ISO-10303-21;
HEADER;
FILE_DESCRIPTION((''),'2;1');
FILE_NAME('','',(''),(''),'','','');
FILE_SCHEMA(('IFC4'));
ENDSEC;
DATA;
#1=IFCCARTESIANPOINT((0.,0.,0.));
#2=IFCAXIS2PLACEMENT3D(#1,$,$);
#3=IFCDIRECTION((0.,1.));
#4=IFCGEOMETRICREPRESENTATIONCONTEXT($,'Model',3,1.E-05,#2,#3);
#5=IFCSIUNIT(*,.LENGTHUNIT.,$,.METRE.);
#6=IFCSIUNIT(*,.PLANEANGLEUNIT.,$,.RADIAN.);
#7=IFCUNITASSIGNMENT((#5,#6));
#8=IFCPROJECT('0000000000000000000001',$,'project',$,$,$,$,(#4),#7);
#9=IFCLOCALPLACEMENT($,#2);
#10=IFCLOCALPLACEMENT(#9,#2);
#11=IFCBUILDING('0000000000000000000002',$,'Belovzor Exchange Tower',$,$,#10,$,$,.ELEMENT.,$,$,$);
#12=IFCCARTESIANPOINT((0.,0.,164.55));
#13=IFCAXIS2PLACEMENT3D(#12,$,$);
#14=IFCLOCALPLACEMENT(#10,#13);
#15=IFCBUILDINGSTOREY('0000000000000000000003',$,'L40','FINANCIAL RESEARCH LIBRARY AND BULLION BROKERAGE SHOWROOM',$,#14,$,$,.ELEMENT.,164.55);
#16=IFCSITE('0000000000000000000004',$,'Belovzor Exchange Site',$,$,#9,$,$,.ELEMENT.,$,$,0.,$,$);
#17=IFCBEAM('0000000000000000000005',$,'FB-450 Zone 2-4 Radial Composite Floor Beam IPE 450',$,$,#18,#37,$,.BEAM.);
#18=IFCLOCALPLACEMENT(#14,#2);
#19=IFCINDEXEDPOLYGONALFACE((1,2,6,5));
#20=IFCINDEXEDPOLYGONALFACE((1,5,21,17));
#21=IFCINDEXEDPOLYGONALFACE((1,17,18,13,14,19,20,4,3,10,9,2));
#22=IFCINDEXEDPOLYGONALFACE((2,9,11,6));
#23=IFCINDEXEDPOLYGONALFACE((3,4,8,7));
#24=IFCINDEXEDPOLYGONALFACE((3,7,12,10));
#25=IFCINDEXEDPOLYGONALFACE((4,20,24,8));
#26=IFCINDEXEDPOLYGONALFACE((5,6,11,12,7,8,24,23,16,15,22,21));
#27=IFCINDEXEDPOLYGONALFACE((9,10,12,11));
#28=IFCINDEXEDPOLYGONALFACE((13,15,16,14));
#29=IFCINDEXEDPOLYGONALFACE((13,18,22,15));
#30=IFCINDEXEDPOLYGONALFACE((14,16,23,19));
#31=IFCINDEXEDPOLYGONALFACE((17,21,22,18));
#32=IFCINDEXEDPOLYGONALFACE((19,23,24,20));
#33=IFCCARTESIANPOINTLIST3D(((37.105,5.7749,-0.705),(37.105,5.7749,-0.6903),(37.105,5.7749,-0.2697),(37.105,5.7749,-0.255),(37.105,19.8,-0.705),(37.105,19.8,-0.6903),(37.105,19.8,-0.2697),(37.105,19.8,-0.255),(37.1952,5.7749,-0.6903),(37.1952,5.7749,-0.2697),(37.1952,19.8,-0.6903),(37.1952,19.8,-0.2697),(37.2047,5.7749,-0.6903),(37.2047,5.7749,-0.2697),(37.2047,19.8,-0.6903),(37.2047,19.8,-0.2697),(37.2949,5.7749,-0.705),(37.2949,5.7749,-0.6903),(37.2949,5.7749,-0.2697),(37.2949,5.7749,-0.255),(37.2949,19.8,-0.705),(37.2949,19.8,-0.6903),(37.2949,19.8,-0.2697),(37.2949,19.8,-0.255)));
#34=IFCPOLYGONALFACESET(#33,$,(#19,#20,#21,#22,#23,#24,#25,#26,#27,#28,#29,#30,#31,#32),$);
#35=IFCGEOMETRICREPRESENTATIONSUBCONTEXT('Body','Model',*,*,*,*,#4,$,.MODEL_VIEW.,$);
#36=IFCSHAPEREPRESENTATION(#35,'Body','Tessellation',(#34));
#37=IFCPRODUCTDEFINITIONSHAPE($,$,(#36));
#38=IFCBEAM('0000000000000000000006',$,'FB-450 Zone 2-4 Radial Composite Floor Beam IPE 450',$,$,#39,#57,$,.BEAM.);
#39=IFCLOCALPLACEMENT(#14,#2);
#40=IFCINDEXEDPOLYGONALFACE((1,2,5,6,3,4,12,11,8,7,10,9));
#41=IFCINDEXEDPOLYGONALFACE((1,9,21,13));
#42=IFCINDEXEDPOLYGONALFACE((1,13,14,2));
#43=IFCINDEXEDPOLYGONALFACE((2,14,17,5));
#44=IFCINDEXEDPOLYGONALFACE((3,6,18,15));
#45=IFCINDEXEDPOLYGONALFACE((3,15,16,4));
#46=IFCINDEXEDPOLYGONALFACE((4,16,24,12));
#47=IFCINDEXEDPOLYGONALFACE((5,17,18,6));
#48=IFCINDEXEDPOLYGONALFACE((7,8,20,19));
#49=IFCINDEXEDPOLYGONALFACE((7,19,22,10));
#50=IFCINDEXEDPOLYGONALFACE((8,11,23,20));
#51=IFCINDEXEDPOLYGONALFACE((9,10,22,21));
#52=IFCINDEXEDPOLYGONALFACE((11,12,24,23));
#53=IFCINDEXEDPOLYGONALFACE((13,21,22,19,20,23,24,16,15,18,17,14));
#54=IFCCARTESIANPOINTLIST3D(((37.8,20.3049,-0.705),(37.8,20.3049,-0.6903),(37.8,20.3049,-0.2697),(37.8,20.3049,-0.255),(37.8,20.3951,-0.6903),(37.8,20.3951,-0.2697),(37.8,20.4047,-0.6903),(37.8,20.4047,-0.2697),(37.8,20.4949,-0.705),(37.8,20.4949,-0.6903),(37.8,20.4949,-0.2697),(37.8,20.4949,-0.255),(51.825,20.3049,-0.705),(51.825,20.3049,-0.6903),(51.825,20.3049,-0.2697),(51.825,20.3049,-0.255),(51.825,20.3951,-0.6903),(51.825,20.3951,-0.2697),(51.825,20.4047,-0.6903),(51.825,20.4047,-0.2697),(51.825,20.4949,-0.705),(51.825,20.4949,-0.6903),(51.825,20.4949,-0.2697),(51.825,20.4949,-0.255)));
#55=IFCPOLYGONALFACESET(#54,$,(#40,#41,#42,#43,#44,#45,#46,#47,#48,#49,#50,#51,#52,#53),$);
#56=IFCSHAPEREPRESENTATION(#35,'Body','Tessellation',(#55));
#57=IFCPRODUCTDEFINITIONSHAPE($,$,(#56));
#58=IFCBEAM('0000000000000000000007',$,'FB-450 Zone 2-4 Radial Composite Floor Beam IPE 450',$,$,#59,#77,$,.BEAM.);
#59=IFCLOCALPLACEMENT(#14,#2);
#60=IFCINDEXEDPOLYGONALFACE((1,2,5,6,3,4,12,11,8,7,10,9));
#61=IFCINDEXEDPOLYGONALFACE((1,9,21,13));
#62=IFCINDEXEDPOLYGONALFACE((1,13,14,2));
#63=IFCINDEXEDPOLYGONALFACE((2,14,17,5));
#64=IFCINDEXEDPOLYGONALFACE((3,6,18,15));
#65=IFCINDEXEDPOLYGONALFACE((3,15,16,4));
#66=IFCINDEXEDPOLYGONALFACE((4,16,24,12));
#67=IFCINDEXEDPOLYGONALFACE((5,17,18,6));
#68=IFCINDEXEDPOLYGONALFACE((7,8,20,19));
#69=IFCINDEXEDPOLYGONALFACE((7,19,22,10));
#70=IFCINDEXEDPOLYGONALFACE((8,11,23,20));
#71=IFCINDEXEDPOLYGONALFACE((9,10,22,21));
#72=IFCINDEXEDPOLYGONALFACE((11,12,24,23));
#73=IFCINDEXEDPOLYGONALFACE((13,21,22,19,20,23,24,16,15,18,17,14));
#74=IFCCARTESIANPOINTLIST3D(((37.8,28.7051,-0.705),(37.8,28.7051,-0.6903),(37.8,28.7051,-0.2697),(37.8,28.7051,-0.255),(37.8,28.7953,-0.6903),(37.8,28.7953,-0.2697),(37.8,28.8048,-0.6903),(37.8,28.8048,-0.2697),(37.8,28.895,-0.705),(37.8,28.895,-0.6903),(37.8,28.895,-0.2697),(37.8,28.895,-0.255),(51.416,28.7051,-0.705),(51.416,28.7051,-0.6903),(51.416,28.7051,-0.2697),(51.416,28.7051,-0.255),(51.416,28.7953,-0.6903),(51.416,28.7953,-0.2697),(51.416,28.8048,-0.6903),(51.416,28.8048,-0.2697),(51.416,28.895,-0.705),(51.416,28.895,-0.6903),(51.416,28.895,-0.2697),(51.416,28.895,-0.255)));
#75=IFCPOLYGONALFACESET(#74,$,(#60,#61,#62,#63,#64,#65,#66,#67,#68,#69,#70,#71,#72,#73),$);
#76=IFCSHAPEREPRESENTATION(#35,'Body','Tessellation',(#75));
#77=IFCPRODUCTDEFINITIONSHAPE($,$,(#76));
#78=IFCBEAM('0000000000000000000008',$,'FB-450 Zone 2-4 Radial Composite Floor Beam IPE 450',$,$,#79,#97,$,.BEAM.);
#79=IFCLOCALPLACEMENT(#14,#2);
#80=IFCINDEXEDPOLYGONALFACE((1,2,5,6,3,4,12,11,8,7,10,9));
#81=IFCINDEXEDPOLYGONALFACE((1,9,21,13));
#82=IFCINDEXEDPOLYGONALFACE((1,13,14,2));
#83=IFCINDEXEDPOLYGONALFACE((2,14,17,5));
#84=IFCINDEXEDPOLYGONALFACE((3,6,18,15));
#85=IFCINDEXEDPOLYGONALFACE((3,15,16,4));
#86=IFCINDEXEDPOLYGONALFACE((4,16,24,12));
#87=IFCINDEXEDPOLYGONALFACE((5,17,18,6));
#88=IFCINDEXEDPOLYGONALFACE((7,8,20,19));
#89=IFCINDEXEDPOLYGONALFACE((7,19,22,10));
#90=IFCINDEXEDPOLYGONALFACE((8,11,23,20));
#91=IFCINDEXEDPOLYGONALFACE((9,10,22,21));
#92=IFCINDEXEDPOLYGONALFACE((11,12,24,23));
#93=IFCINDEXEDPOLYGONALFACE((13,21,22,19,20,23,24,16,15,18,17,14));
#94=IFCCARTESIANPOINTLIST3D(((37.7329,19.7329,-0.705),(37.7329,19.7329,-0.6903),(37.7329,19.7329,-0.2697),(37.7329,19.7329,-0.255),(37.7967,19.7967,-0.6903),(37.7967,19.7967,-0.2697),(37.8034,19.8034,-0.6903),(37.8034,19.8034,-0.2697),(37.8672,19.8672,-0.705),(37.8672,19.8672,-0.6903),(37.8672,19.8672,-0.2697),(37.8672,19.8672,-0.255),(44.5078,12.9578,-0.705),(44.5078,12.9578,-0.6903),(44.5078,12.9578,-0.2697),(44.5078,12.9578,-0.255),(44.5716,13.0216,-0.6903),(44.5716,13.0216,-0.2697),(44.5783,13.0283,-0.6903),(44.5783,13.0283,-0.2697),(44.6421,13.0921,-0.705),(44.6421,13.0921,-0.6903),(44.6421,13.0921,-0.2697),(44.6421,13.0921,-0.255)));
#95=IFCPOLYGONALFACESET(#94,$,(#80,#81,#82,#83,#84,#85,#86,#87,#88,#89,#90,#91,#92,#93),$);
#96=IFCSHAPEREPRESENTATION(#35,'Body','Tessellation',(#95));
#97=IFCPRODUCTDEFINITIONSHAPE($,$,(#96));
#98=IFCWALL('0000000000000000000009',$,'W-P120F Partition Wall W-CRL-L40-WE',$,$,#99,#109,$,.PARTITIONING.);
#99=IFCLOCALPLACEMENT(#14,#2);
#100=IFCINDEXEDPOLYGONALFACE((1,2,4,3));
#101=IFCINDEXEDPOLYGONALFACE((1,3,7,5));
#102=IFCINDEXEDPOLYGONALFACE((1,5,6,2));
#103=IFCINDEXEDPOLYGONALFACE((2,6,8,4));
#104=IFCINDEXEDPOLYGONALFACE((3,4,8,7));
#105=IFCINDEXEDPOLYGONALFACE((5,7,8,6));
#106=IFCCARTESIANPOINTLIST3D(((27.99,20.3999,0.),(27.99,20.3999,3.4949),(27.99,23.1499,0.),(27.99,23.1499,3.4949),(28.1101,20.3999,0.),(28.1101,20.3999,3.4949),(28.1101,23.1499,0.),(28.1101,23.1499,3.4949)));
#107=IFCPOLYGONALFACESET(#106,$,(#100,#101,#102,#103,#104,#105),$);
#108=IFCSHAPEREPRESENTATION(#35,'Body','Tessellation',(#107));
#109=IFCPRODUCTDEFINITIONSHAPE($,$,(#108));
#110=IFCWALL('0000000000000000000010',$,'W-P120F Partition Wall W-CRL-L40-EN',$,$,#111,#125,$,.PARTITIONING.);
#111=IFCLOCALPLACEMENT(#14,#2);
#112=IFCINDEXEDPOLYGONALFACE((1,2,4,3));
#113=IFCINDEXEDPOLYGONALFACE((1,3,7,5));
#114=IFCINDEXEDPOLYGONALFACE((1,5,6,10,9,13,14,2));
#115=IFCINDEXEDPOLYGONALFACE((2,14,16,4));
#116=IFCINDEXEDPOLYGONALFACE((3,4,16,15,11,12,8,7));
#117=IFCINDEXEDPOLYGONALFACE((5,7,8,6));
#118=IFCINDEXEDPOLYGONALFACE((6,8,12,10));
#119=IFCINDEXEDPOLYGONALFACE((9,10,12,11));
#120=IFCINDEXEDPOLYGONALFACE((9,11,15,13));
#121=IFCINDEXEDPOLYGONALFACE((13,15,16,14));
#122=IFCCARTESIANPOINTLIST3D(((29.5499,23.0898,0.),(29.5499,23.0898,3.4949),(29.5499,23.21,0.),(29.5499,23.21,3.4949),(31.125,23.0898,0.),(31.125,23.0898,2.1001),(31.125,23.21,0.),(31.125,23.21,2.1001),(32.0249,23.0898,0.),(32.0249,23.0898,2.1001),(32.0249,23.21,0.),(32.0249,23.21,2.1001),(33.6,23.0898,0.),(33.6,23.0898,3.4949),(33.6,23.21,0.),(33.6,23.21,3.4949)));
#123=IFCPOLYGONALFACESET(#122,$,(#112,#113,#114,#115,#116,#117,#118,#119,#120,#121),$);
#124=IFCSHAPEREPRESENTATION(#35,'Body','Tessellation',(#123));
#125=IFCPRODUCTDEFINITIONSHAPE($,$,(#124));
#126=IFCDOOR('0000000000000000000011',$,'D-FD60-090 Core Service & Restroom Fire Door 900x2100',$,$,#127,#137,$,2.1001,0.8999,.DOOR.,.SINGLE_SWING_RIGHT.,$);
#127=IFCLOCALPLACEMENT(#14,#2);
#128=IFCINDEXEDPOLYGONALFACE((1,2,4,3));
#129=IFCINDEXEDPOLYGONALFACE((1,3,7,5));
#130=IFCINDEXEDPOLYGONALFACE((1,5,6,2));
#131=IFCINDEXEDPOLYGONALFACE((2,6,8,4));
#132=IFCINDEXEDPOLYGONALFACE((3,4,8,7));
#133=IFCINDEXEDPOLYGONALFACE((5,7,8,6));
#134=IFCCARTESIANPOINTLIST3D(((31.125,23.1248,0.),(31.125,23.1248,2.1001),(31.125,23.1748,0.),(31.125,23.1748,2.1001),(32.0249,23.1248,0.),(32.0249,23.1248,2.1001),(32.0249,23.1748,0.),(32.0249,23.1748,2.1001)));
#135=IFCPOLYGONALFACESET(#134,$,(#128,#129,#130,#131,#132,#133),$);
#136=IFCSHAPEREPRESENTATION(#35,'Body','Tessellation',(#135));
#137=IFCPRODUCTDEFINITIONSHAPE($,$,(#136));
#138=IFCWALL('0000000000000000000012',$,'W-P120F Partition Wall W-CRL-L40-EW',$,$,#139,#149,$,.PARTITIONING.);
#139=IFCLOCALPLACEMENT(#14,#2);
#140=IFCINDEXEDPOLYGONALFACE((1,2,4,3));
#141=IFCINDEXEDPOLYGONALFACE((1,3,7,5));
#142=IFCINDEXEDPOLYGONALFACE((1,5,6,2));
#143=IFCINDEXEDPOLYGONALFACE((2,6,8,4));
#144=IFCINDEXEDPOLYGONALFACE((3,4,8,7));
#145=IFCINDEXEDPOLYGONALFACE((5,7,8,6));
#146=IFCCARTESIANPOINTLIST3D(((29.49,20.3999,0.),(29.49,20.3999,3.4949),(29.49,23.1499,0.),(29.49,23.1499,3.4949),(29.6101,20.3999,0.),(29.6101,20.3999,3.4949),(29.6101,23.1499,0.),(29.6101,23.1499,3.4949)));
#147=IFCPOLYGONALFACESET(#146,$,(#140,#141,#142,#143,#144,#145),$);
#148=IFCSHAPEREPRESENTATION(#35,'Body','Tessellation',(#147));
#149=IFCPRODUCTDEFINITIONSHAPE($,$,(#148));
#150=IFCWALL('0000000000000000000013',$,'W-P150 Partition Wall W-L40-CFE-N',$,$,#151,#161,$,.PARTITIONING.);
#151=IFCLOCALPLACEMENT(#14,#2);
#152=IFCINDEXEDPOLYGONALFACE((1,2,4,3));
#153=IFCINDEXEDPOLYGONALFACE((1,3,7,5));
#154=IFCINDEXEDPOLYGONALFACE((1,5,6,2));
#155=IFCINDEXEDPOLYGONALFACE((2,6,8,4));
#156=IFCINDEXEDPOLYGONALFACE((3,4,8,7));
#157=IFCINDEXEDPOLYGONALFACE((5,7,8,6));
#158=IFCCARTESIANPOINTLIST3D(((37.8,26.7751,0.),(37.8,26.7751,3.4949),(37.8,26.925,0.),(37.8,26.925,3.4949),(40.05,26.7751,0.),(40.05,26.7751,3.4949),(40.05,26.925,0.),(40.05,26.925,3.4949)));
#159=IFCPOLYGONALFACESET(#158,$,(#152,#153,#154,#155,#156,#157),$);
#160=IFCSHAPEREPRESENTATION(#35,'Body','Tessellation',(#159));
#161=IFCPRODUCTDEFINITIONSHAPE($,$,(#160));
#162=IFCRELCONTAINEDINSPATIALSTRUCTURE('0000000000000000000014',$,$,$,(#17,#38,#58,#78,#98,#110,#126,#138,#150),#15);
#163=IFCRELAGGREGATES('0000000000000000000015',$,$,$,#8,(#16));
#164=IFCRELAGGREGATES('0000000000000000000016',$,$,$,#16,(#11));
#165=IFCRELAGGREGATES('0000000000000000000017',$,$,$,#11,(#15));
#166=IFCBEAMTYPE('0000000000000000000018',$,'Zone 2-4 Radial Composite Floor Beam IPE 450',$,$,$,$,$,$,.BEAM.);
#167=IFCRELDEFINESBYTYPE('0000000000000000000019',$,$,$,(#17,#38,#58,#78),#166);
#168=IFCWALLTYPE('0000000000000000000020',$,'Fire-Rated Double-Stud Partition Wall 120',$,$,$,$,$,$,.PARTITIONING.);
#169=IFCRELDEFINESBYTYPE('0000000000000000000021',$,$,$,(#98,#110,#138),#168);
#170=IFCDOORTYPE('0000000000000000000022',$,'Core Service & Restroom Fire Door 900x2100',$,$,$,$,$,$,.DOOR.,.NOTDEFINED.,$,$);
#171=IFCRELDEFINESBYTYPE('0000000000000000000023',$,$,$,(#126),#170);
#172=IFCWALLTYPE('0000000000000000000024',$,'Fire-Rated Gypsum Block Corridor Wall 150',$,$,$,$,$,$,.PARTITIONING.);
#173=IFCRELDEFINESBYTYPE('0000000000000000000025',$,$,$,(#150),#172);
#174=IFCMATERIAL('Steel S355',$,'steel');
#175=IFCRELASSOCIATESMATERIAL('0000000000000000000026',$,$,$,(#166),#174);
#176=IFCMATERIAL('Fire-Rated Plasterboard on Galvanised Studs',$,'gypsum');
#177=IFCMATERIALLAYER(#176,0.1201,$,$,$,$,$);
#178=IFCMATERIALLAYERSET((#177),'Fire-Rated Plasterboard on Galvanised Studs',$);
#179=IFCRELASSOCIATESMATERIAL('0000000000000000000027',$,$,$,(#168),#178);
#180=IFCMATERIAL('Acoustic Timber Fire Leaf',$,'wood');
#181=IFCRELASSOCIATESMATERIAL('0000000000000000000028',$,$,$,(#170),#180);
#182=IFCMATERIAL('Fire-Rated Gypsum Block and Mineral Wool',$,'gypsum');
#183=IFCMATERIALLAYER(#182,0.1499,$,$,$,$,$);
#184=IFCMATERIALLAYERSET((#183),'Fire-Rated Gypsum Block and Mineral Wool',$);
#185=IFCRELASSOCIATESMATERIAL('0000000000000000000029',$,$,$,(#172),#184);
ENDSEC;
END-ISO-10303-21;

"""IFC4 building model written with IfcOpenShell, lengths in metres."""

from ifc_helpers import new_model, si_unit, direction, frame, frame_2d, origin, origin_2d, place, context, subcontext, project, spatial, rectangle, i_section, extrude, material, layer, layer_set, material_profile, profile_set, type_object, element, fill, save


model = new_model("IFC4")

# Units and contexts
model_context = context("Model", 3, precision=1e-05, world=origin(), true_north=direction((0.0, 1.0)))
body_context = subcontext(model_context, "Body", "Model", "MODEL_VIEW")
ifc_project = project(units=[si_unit("LENGTHUNIT", "METRE"), si_unit("PLANEANGLEUNIT", "RADIAN")], contexts=[model_context])

# Site, building, storey
site_placement = place(None, origin())
site = spatial("IfcSite", under=ifc_project, at=site_placement, Name="Belovzor Exchange Site", CompositionType="ELEMENT", RefElevation=0.0)
building_placement = place(site_placement, origin())
building = spatial("IfcBuilding", under=site, at=building_placement, Name="Belovzor Exchange Tower", CompositionType="ELEMENT")
storey_placement = place(building_placement, frame((0.0, 0.0, 164.55)))
storey = spatial("IfcBuildingStorey", under=building, at=storey_placement, Name="L40", Description="FINANCIAL RESEARCH LIBRARY AND BULLION BROKERAGE SHOWROOM", CompositionType="ELEMENT", Elevation=164.55)

# Beams
ifc_material_1 = material(Name="Steel S355", Category="steel")
ifc_material_profile = material_profile(ifc_material_1, i_section(OverallWidth=0.1899, OverallDepth=0.45, WebThickness=0.0095, FlangeThickness=0.0146, at=origin_2d()))
ifc_profile_set = profile_set([ifc_material_profile], Name="Steel S355")
beam_type = type_object("IfcBeamType", Name="Zone 2-4 Radial Composite Floor Beam IPE 450", PredefinedType="BEAM", material=ifc_profile_set)
beam_1_placement = place(storey_placement, frame((37.2, 19.8, -0.48), z_axis=(0.0, -1.0, 0.0), x_axis=(1.0, 0.0, 0.0)))
element("IfcBeam", 1, at=beam_1_placement, inside=storey, type_object=beam_type, Name="FB-450 Zone 2-4 Radial Composite Floor Beam IPE 450", PredefinedType="BEAM", context=body_context, shape_type="SweptSolid", body=[
    extrude(i_section(OverallWidth=0.1899, OverallDepth=0.45, WebThickness=0.0095, FlangeThickness=0.0146, at=origin_2d()), origin(), (0.0, 0.0, 1.0), 14.0251),
])
beam_2_placement = place(storey_placement, frame((37.8, 20.3999, -0.48), z_axis=(1.0, 0.0, 0.0), x_axis=(0.0, 1.0, 0.0)))
element("IfcBeam", 2, at=beam_2_placement, inside=storey, type_object=beam_type, Name="FB-450 Zone 2-4 Radial Composite Floor Beam IPE 450", PredefinedType="BEAM", context=body_context, shape_type="SweptSolid", body=[
    extrude(i_section(OverallWidth=0.1899, OverallDepth=0.45, WebThickness=0.0095, FlangeThickness=0.0146, at=origin_2d()), origin(), (0.0, 0.0, 1.0), 14.0249),
])
beam_3_placement = place(storey_placement, frame((37.8, 28.8, -0.48), z_axis=(1.0, 0.0, 0.0), x_axis=(0.0, 1.0, 0.0)))
element("IfcBeam", 3, at=beam_3_placement, inside=storey, type_object=beam_type, Name="FB-450 Zone 2-4 Radial Composite Floor Beam IPE 450", PredefinedType="BEAM", context=body_context, shape_type="SweptSolid", body=[
    extrude(i_section(OverallWidth=0.1899, OverallDepth=0.45, WebThickness=0.0095, FlangeThickness=0.0146, at=origin_2d()), origin(), (0.0, 0.0, 1.0), 13.616),
])
beam_4_placement = place(storey_placement, frame((37.8, 19.8, -0.48), z_axis=(0.707094, -0.70712, 0.0), x_axis=(0.70712, 0.707094, 0.0)))
element("IfcBeam", 4, at=beam_4_placement, inside=storey, type_object=beam_type, Name="FB-450 Zone 2-4 Radial Composite Floor Beam IPE 450", PredefinedType="BEAM", context=body_context, shape_type="SweptSolid", body=[
    extrude(i_section(OverallWidth=0.1899, OverallDepth=0.45, WebThickness=0.0095, FlangeThickness=0.0146, at=origin_2d()), origin(), (0.0, 0.0, 1.0), 9.5813),
])

# Wall
ifc_material_2 = material(Name="Fire-Rated Plasterboard on Galvanised Studs", Category="gypsum")
ifc_layer_1 = layer(ifc_material_2, 0.1201)
ifc_layer_set_1 = layer_set([ifc_layer_1], Name="Fire-Rated Plasterboard on Galvanised Studs")
wall_type_1 = type_object("IfcWallType", Name="Fire-Rated Double-Stud Partition Wall 120", PredefinedType="PARTITIONING", material=ifc_layer_set_1)
wall_1_placement = place(storey_placement, frame((28.05, 20.3999, 0.0), z_axis=(0.0, 0.0, 1.0), x_axis=(0.0, 1.0, 0.0)))
element("IfcWall", 5, at=wall_1_placement, inside=storey, type_object=wall_type_1, Name="W-P120F Partition Wall W-CRL-L40-WE", PredefinedType="PARTITIONING", context=body_context, shape_type="SweptSolid", body=[
    extrude(rectangle(XDim=2.75, YDim=0.1201, at=frame_2d((1.375, 0.0))), origin(), (0.0, 0.0, 1.0), 3.4949),
])

# Wall, opening, door
wall_2_placement = place(storey_placement, frame((29.55, 23.1499, 0.0), z_axis=(0.0, 0.0, 1.0), x_axis=(1.0, 0.0, 0.0)))
wall_2 = element("IfcWall", 6, at=wall_2_placement, inside=storey, type_object=wall_type_1, Name="W-P120F Partition Wall W-CRL-L40-EN", PredefinedType="PARTITIONING", context=body_context, shape_type="SweptSolid", body=[
    extrude(rectangle(XDim=4.05, YDim=0.1201, at=frame_2d((2.0249, 0.0))), origin(), (0.0, 0.0, 1.0), 3.4949),
])
opening_1_placement = place(wall_2_placement, frame((1.575, 0.0, 0.0)))
opening_1 = element("IfcOpeningElement", 7, at=opening_1_placement, cuts=wall_2, PredefinedType="OPENING", context=body_context, shape_type="SweptSolid", body=[
    extrude(rectangle(XDim=0.8999, YDim=2.1001, at=frame_2d((0.45, 1.05))), frame((0.0, 0.0701, 0.0), z_axis=(0.0, -1.0, 0.0), x_axis=(1.0, 0.0, 0.0)), (0.0, 0.0, 1.0), 0.1401),
])
ifc_material_3 = material(Name="Acoustic Timber Fire Leaf", Category="wood")
door_type_1 = type_object("IfcDoorType", Name="Core Service & Restroom Fire Door 900x2100", OperationType="NOTDEFINED", PredefinedType="DOOR", material=ifc_material_3)
door_1_placement = place(opening_1_placement, origin())
door_1 = element("IfcDoor", 8, at=door_1_placement, inside=storey, type_object=door_type_1, Name="D-FD60-090 Core Service & Restroom Fire Door 900x2100", OperationType="SINGLE_SWING_RIGHT", OverallHeight=2.1001, OverallWidth=0.8999, PredefinedType="DOOR", context=body_context, shape_type="SweptSolid", body=[
    extrude(rectangle(XDim=0.8999, YDim=2.1001, at=frame_2d((0.45, 1.05))), frame((0.0, 0.0249, 0.0), z_axis=(0.0, -1.0, 0.0), x_axis=(1.0, 0.0, 0.0)), (0.0, 0.0, 1.0), 0.05),
])
fill(opening_1, door_1)

# Walls
wall_3_placement = place(storey_placement, frame((29.55, 20.3999, 0.0), z_axis=(0.0, 0.0, 1.0), x_axis=(0.0, 1.0, 0.0)))
element("IfcWall", 9, at=wall_3_placement, inside=storey, type_object=wall_type_1, Name="W-P120F Partition Wall W-CRL-L40-EW", PredefinedType="PARTITIONING", context=body_context, shape_type="SweptSolid", body=[
    extrude(rectangle(XDim=2.75, YDim=0.1201, at=frame_2d((1.375, 0.0))), origin(), (0.0, 0.0, 1.0), 3.4949),
])
ifc_material_4 = material(Name="Fire-Rated Gypsum Block and Mineral Wool", Category="gypsum")
ifc_layer_2 = layer(ifc_material_4, 0.1499)
ifc_layer_set_2 = layer_set([ifc_layer_2], Name="Fire-Rated Gypsum Block and Mineral Wool")
wall_type_2 = type_object("IfcWallType", Name="Fire-Rated Gypsum Block Corridor Wall 150", PredefinedType="PARTITIONING", material=ifc_layer_set_2)
wall_4_placement = place(storey_placement, frame((37.8, 26.8501, 0.0), z_axis=(0.0, 0.0, 1.0), x_axis=(1.0, 0.0, 0.0)))
element("IfcWall", 10, at=wall_4_placement, inside=storey, type_object=wall_type_2, Name="W-P150 Partition Wall W-L40-CFE-N", PredefinedType="PARTITIONING", context=body_context, shape_type="SweptSolid", body=[
    extrude(rectangle(XDim=2.25, YDim=0.1499, at=frame_2d((1.125, 0.0))), origin(), (0.0, 0.0, 1.0), 3.4949),
])

save(model, "model.ifc")
